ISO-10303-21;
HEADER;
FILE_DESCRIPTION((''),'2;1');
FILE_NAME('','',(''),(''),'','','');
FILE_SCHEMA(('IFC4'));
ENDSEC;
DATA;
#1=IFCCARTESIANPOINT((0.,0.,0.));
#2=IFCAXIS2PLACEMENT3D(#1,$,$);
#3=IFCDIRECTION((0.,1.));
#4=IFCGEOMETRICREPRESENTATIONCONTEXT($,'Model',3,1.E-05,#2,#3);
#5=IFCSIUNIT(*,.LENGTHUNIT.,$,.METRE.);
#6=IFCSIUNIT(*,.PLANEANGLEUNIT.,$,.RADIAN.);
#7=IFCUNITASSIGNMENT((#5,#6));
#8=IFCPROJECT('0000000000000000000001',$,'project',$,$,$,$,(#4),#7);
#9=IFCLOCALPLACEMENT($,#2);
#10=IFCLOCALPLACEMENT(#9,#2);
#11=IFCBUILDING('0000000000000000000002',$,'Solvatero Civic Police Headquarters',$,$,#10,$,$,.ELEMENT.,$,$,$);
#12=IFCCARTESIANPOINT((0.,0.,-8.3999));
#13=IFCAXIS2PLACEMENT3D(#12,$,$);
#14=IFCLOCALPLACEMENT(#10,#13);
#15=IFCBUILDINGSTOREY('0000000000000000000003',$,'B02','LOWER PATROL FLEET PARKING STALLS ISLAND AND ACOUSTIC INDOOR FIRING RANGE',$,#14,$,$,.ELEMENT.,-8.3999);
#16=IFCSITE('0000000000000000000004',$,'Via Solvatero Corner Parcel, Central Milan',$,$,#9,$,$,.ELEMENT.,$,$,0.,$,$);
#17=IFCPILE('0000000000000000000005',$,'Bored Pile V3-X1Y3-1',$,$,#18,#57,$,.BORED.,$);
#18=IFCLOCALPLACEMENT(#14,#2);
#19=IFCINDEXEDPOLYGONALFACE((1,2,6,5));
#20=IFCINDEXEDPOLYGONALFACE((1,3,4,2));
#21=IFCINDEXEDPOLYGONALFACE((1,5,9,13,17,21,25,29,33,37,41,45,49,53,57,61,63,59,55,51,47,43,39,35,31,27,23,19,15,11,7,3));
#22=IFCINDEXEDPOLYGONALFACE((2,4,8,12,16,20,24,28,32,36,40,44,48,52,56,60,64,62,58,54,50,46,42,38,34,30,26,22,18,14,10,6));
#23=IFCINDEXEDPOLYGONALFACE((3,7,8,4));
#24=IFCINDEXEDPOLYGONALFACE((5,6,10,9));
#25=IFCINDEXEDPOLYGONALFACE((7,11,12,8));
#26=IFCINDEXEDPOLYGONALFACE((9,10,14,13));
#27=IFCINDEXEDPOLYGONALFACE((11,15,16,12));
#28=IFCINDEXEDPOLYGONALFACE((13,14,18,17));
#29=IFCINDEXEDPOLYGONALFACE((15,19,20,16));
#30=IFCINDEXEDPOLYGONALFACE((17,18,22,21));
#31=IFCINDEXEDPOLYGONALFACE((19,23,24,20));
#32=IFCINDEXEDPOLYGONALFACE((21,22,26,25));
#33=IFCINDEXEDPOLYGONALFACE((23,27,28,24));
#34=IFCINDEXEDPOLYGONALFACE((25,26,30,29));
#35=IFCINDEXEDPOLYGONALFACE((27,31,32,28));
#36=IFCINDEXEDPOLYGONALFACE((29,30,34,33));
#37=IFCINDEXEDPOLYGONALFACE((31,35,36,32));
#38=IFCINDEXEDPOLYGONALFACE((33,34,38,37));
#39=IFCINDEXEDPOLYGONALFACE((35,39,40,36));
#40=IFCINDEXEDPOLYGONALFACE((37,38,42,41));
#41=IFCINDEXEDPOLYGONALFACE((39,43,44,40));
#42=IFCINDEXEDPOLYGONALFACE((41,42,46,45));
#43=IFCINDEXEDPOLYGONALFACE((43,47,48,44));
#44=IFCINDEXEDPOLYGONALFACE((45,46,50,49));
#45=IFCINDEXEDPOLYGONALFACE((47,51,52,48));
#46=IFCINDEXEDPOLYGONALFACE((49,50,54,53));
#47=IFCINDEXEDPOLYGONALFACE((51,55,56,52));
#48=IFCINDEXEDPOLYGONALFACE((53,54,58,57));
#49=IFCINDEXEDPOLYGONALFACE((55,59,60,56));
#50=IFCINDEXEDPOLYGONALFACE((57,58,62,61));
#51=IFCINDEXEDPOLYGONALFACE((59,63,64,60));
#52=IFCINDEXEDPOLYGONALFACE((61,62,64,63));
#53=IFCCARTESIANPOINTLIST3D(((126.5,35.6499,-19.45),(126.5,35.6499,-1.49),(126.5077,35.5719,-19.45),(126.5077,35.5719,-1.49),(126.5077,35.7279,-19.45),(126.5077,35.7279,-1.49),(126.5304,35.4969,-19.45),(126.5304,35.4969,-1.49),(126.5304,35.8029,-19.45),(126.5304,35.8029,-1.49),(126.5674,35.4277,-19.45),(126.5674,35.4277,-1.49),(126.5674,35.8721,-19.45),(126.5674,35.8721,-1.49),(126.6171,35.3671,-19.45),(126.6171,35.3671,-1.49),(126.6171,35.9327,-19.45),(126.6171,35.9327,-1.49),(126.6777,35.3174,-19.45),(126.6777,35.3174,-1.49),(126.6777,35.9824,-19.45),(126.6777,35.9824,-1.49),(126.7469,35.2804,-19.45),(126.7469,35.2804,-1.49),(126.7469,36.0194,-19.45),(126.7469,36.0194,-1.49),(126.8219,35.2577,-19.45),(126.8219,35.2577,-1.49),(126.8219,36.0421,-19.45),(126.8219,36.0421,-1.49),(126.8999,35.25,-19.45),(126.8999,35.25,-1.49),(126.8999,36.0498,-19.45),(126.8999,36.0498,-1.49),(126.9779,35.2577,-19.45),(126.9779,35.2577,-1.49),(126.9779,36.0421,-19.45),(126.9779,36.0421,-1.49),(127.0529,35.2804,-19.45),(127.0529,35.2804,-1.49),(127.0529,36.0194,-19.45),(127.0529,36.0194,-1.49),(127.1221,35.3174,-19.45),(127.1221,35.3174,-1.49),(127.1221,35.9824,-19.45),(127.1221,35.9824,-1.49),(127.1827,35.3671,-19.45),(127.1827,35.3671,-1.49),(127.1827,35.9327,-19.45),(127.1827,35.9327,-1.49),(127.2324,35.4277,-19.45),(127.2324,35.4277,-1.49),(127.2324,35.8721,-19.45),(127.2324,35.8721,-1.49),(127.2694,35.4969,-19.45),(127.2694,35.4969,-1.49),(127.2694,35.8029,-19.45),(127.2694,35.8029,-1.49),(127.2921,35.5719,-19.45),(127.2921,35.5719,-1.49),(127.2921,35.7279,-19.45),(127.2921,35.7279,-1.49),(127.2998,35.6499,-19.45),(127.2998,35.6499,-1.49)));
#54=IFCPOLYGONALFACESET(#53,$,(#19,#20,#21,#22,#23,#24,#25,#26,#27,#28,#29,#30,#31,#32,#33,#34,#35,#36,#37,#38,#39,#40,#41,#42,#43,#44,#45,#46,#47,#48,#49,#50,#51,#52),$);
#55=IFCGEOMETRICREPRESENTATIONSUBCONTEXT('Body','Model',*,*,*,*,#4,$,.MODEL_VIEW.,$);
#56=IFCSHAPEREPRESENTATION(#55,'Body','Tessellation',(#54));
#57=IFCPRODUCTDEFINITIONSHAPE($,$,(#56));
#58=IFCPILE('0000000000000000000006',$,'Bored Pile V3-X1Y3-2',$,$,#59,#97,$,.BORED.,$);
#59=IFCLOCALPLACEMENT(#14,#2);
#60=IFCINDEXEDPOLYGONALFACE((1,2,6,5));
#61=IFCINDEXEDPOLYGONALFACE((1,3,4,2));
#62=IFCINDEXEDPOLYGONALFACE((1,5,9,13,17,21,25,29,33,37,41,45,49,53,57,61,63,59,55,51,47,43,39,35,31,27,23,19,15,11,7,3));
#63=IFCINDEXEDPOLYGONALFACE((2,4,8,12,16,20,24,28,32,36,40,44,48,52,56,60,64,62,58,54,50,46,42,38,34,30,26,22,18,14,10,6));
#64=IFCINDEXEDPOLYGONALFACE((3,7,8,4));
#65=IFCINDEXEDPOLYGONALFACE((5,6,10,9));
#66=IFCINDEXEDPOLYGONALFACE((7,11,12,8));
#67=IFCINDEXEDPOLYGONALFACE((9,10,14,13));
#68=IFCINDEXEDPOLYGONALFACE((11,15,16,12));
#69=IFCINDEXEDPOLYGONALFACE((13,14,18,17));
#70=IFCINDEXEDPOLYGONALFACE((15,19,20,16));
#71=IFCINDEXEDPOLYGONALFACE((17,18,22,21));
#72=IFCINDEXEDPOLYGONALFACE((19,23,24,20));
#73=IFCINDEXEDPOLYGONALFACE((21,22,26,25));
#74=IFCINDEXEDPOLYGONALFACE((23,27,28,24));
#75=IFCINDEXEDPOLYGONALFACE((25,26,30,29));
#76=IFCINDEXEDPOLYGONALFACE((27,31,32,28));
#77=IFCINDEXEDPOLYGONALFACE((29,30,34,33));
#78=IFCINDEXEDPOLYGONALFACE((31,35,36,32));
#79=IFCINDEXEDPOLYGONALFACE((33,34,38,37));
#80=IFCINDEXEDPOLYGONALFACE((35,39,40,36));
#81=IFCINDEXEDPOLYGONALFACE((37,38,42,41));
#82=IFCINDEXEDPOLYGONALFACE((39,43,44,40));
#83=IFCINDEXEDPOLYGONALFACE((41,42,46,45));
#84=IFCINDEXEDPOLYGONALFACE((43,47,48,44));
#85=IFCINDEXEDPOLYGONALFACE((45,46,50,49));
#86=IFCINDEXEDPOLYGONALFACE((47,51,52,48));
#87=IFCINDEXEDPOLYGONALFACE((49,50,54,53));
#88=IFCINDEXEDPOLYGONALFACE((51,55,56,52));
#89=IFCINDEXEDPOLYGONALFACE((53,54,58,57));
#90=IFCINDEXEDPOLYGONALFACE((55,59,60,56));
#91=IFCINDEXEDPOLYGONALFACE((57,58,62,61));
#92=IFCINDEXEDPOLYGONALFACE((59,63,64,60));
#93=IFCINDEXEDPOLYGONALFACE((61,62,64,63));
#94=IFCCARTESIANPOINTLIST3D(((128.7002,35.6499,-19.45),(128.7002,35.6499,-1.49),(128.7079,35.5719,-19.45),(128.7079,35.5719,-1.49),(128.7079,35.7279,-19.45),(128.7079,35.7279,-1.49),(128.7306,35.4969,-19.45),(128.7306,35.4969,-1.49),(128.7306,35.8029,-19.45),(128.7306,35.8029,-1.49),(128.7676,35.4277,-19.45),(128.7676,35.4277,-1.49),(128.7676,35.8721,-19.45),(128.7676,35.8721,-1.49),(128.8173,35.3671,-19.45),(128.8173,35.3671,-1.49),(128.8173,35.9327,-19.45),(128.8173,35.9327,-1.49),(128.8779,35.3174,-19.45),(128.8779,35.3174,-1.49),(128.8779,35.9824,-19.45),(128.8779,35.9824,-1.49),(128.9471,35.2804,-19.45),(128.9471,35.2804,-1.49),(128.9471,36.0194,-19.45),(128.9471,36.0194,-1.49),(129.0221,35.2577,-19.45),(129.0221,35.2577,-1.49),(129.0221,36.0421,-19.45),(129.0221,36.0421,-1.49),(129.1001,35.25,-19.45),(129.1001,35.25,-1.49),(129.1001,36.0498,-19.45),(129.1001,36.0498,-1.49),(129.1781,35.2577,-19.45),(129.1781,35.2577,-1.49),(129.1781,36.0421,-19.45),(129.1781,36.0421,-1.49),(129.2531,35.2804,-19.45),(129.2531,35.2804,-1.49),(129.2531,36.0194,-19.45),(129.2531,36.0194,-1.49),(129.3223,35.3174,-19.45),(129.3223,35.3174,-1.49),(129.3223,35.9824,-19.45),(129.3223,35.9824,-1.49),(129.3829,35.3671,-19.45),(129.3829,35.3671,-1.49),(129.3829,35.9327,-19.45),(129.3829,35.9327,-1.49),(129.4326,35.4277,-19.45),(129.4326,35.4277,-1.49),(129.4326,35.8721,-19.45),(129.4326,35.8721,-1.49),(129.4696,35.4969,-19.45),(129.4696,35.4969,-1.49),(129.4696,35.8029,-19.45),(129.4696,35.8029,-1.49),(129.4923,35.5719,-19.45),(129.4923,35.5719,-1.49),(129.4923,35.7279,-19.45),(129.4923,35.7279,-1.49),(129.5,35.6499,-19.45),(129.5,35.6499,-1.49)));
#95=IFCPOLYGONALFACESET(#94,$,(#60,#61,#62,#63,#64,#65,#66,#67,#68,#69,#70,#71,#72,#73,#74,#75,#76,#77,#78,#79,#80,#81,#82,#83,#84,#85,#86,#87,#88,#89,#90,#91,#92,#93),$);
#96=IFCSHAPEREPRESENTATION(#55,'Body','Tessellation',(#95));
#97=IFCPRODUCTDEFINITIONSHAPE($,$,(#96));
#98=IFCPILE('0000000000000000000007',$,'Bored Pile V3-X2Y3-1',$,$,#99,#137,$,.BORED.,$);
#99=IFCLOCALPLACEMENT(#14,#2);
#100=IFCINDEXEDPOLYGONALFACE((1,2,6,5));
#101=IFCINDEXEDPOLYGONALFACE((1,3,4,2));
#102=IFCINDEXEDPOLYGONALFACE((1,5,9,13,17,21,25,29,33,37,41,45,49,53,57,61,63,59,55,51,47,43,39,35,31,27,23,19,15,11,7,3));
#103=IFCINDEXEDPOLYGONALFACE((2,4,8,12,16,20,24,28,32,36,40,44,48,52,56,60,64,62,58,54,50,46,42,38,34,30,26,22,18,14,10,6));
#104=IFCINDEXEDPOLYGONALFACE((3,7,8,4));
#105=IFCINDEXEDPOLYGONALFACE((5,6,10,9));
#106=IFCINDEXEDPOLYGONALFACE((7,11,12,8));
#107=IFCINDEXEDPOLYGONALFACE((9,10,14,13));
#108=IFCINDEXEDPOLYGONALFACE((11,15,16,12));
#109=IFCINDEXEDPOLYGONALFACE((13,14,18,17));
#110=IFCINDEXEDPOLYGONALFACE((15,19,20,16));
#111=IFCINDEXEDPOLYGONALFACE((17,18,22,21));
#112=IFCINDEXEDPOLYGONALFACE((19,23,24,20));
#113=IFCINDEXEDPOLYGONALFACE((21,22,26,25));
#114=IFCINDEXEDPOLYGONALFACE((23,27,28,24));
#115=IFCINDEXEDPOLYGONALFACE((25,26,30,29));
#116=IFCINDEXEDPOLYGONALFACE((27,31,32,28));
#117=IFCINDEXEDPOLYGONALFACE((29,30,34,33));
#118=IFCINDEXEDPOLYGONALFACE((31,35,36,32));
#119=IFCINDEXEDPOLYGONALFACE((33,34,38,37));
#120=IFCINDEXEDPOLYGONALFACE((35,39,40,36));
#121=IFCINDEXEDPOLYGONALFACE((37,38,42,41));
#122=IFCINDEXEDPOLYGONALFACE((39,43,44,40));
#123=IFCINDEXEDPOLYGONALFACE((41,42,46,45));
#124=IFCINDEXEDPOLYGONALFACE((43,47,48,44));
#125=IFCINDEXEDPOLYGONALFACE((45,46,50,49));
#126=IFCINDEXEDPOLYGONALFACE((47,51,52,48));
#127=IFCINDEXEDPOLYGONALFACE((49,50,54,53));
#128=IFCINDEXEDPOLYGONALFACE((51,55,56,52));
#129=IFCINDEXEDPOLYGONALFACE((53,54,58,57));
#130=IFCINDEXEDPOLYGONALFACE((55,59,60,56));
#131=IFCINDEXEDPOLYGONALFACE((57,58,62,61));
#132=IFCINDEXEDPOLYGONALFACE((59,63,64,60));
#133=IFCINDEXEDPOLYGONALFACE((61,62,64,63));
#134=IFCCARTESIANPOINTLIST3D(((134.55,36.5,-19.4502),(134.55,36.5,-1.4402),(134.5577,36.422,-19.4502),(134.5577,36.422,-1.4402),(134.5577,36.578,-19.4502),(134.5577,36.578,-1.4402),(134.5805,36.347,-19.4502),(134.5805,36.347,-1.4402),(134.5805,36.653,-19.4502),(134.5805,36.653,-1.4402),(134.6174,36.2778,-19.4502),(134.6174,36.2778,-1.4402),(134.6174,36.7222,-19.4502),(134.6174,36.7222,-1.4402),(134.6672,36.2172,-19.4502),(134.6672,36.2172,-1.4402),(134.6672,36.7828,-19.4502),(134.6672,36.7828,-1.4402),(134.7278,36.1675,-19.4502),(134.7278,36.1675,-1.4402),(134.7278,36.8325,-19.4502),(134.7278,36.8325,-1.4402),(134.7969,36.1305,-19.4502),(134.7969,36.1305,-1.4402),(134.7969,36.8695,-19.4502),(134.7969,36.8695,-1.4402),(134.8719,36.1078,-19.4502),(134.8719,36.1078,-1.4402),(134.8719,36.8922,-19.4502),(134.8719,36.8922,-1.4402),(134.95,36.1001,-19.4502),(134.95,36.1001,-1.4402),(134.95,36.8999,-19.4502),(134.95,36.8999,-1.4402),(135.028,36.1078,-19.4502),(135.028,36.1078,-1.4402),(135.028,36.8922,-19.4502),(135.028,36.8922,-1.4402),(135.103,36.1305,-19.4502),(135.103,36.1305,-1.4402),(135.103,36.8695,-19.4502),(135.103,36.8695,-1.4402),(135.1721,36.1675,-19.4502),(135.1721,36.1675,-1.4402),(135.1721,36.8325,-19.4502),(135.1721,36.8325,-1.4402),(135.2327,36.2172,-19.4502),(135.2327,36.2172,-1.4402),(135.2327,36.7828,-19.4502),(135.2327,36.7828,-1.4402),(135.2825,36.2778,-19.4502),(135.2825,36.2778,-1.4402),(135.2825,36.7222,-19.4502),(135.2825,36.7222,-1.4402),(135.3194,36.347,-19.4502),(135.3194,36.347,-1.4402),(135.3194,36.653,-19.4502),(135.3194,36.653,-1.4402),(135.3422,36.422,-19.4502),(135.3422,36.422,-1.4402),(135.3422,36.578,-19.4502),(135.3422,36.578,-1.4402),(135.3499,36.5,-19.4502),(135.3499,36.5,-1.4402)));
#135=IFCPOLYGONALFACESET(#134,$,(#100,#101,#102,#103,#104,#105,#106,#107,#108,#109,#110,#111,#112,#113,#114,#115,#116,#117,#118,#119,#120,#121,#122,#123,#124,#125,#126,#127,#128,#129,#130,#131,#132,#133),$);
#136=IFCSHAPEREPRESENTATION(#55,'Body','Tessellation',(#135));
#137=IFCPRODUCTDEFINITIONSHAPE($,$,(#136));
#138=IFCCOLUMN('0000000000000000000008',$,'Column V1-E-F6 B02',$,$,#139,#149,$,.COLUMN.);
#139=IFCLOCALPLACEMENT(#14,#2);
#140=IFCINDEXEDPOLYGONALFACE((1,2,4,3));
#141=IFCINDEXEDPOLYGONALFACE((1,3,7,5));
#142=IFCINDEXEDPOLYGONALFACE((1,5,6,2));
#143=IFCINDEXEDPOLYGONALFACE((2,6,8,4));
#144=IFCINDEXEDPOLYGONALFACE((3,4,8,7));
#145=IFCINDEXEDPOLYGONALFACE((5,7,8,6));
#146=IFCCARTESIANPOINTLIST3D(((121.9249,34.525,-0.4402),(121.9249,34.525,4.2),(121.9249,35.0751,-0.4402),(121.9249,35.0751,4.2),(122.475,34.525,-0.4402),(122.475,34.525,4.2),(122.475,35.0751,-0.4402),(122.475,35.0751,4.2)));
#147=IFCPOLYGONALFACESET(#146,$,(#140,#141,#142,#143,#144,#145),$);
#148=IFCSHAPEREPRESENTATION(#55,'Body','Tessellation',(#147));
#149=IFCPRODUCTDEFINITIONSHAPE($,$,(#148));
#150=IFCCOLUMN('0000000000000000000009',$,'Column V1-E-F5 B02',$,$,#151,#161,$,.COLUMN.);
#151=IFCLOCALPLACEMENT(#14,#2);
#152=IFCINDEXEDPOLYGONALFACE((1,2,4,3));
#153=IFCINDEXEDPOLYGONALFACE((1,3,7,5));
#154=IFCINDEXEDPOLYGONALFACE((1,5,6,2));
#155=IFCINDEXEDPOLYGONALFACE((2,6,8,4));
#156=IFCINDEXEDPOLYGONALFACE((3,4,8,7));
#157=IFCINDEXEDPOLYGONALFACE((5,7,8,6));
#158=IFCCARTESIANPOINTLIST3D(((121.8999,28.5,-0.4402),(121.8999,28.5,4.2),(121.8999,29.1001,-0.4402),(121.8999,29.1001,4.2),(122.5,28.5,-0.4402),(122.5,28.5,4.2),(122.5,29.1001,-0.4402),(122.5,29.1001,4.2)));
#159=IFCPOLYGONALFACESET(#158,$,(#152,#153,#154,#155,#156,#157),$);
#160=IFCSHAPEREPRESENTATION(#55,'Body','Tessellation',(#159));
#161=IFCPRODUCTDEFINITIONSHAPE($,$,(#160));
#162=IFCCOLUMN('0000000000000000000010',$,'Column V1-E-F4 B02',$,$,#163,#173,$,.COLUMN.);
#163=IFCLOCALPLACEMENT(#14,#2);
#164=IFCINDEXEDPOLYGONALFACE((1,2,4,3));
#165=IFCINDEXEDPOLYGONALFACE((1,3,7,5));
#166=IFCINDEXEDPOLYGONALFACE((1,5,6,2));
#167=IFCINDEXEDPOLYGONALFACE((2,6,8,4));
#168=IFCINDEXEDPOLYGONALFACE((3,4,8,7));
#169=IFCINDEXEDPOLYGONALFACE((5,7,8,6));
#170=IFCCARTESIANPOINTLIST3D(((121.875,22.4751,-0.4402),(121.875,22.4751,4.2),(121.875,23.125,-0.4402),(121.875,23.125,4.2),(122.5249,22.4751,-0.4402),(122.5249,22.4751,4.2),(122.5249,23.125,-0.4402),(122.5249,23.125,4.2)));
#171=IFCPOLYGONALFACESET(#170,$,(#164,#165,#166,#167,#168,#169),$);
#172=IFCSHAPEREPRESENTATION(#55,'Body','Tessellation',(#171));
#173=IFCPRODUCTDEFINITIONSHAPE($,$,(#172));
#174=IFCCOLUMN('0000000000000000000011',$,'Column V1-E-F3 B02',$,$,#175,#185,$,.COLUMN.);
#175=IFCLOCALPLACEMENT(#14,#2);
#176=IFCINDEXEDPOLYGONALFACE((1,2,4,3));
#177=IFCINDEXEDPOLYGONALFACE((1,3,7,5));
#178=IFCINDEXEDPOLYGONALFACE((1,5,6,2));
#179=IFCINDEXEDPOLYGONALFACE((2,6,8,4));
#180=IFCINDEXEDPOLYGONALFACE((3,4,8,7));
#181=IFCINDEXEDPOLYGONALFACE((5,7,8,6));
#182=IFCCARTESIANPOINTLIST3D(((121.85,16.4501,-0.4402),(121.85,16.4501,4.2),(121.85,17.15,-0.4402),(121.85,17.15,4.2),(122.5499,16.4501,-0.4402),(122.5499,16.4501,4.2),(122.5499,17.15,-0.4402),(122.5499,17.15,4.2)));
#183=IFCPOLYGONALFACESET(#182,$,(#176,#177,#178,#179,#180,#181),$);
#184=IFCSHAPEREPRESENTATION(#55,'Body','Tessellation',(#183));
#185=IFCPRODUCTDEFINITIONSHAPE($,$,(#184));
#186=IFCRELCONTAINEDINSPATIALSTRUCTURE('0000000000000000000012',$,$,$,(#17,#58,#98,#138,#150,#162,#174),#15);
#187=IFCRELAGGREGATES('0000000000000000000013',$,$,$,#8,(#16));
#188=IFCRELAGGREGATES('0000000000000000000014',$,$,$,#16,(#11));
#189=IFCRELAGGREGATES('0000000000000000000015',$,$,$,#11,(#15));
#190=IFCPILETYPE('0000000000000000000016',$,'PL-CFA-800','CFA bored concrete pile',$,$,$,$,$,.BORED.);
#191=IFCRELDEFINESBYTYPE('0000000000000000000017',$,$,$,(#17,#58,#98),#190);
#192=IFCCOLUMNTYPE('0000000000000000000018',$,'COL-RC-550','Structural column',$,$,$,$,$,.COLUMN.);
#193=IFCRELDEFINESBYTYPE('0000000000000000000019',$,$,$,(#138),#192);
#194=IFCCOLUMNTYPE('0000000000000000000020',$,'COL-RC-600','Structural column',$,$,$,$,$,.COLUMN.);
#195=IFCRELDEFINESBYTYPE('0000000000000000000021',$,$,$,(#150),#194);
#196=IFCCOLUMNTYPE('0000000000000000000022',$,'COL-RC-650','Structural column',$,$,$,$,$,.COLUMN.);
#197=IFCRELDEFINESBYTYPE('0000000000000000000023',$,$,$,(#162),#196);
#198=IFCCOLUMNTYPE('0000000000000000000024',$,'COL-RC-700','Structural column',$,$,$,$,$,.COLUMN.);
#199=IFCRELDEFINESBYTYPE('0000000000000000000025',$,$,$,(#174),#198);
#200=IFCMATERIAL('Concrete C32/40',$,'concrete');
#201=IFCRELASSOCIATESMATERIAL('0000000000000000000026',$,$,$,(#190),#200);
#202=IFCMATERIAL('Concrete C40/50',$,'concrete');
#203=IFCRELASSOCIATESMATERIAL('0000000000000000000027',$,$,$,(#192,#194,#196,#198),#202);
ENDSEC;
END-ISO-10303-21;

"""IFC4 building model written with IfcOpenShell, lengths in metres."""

from ifc_helpers import new_model, si_unit, direction, frame, origin, origin_2d, place, context, subcontext, project, spatial, rectangle, circle, extrude, material, material_profile, profile_set, type_object, element, save


model = new_model("IFC4")

# Units and contexts
model_context = context("Model", 3, precision=1e-05, world=origin(), true_north=direction((0.0, 1.0)))
body_context = subcontext(model_context, "Body", "Model", "MODEL_VIEW")
ifc_project = project(units=[si_unit("LENGTHUNIT", "METRE"), si_unit("PLANEANGLEUNIT", "RADIAN")], contexts=[model_context])

# Site, building, storey
site_placement = place(None, origin())
site = spatial("IfcSite", under=ifc_project, at=site_placement, Name="Via Solvatero Corner Parcel, Central Milan", CompositionType="ELEMENT", RefElevation=0.0)
building_placement = place(site_placement, origin())
building = spatial("IfcBuilding", under=site, at=building_placement, Name="Solvatero Civic Police Headquarters", CompositionType="ELEMENT")
storey_placement = place(building_placement, frame((0.0, 0.0, -8.3999)))
storey = spatial("IfcBuildingStorey", under=building, at=storey_placement, Name="B02", Description="LOWER PATROL FLEET PARKING STALLS ISLAND AND ACOUSTIC INDOOR FIRING RANGE", CompositionType="ELEMENT", Elevation=-8.3999)

# Piles
ifc_material_1 = material(Name="Concrete C32/40", Category="concrete")
ifc_material_profile_1 = material_profile(ifc_material_1, circle(Radius=0.3999, at=origin_2d()), Name="CFA PILE D800")
ifc_profile_set_1 = profile_set([ifc_material_profile_1], Name="Concrete C32/40")
pile_type_1 = type_object("IfcPileType", Name="PL-CFA-800", Description="CFA bored concrete pile", PredefinedType="BORED", material=ifc_profile_set_1)
for number, where, z_axis, x_axis, name in (
    (1, (126.8999, 35.6499, -1.49), (0.0, 0.0, -1.0), (1.0, 0.0, 0.0), "Bored Pile V3-X1Y3-1"),
    (2, (129.1001, 35.6499, -1.49), (0.0, 0.0, -1.0), (1.0, 0.0, 0.0), "Bored Pile V3-X1Y3-2"),
):
    element("IfcPile", number, at=place(storey_placement, frame(where, z_axis=z_axis, x_axis=x_axis)), inside=storey, type_object=pile_type_1, Name=name, PredefinedType="BORED", context=body_context, shape_type="SweptSolid", body=[
        extrude(circle(Radius=0.3999, at=origin_2d()), origin(), (0.0, 0.0, 1.0), 17.96),
    ])
pile_placement = place(storey_placement, frame((134.95, 36.5, -1.4402), z_axis=(0.0, 0.0, -1.0), x_axis=(1.0, 0.0, 0.0)))
element("IfcPile", 3, at=pile_placement, inside=storey, type_object=pile_type_1, Name="Bored Pile V3-X2Y3-1", PredefinedType="BORED", context=body_context, shape_type="SweptSolid", body=[
    extrude(circle(Radius=0.3999, at=origin_2d()), origin(), (0.0, 0.0, 1.0), 18.01),
])

# Columns
ifc_material_2 = material(Name="Concrete C40/50", Category="concrete")
ifc_material_profile_2 = material_profile(ifc_material_2, rectangle(XDim=0.55, YDim=0.55, at=origin_2d()), Name="RC 550x550")
ifc_profile_set_2 = profile_set([ifc_material_profile_2], Name="Concrete C40/50")
column_type_1 = type_object("IfcColumnType", Name="COL-RC-550", Description="Structural column", PredefinedType="COLUMN", material=ifc_profile_set_2)
column_1_placement = place(storey_placement, frame((122.2, 34.8, -0.4402), z_axis=(0.0, 0.0, 1.0), x_axis=(1.0, 0.0, 0.0)))
element("IfcColumn", 4, at=column_1_placement, inside=storey, type_object=column_type_1, Name="Column V1-E-F6 B02", PredefinedType="COLUMN", context=body_context, shape_type="SweptSolid", body=[
    extrude(rectangle(XDim=0.55, YDim=0.55, at=origin_2d()), origin(), (0.0, 0.0, 1.0), 4.6401),
])
ifc_material_profile_3 = material_profile(ifc_material_2, rectangle(XDim=0.6001, YDim=0.6001, at=origin_2d()), Name="RC 600x600")
ifc_profile_set_3 = profile_set([ifc_material_profile_3], Name="Concrete C40/50")
column_type_2 = type_object("IfcColumnType", Name="COL-RC-600", Description="Structural column", PredefinedType="COLUMN", material=ifc_profile_set_3)
column_2_placement = place(storey_placement, frame((122.2, 28.8, -0.4402), z_axis=(0.0, 0.0, 1.0), x_axis=(1.0, 0.0, 0.0)))
element("IfcColumn", 5, at=column_2_placement, inside=storey, type_object=column_type_2, Name="Column V1-E-F5 B02", PredefinedType="COLUMN", context=body_context, shape_type="SweptSolid", body=[
    extrude(rectangle(XDim=0.6001, YDim=0.6001, at=origin_2d()), origin(), (0.0, 0.0, 1.0), 4.6401),
])
ifc_material_profile_4 = material_profile(ifc_material_2, rectangle(XDim=0.6499, YDim=0.6499, at=origin_2d()), Name="RC 650x650")
ifc_profile_set_4 = profile_set([ifc_material_profile_4], Name="Concrete C40/50")
column_type_3 = type_object("IfcColumnType", Name="COL-RC-650", Description="Structural column", PredefinedType="COLUMN", material=ifc_profile_set_4)
column_3_placement = place(storey_placement, frame((122.2, 22.8, -0.4402), z_axis=(0.0, 0.0, 1.0), x_axis=(1.0, 0.0, 0.0)))
element("IfcColumn", 6, at=column_3_placement, inside=storey, type_object=column_type_3, Name="Column V1-E-F4 B02", PredefinedType="COLUMN", context=body_context, shape_type="SweptSolid", body=[
    extrude(rectangle(XDim=0.6499, YDim=0.6499, at=origin_2d()), origin(), (0.0, 0.0, 1.0), 4.6401),
])
ifc_material_profile_5 = material_profile(ifc_material_2, rectangle(XDim=0.7, YDim=0.7, at=origin_2d()), Name="RC 700x700")
ifc_profile_set_5 = profile_set([ifc_material_profile_5], Name="Concrete C40/50")
column_type_4 = type_object("IfcColumnType", Name="COL-RC-700", Description="Structural column", PredefinedType="COLUMN", material=ifc_profile_set_5)
column_4_placement = place(storey_placement, frame((122.2, 16.8, -0.4402), z_axis=(0.0, 0.0, 1.0), x_axis=(1.0, 0.0, 0.0)))
element("IfcColumn", 7, at=column_4_placement, inside=storey, type_object=column_type_4, Name="Column V1-E-F3 B02", PredefinedType="COLUMN", context=body_context, shape_type="SweptSolid", body=[
    extrude(rectangle(XDim=0.7, YDim=0.7, at=origin_2d()), origin(), (0.0, 0.0, 1.0), 4.6401),
])

save(model, "model.ifc")
